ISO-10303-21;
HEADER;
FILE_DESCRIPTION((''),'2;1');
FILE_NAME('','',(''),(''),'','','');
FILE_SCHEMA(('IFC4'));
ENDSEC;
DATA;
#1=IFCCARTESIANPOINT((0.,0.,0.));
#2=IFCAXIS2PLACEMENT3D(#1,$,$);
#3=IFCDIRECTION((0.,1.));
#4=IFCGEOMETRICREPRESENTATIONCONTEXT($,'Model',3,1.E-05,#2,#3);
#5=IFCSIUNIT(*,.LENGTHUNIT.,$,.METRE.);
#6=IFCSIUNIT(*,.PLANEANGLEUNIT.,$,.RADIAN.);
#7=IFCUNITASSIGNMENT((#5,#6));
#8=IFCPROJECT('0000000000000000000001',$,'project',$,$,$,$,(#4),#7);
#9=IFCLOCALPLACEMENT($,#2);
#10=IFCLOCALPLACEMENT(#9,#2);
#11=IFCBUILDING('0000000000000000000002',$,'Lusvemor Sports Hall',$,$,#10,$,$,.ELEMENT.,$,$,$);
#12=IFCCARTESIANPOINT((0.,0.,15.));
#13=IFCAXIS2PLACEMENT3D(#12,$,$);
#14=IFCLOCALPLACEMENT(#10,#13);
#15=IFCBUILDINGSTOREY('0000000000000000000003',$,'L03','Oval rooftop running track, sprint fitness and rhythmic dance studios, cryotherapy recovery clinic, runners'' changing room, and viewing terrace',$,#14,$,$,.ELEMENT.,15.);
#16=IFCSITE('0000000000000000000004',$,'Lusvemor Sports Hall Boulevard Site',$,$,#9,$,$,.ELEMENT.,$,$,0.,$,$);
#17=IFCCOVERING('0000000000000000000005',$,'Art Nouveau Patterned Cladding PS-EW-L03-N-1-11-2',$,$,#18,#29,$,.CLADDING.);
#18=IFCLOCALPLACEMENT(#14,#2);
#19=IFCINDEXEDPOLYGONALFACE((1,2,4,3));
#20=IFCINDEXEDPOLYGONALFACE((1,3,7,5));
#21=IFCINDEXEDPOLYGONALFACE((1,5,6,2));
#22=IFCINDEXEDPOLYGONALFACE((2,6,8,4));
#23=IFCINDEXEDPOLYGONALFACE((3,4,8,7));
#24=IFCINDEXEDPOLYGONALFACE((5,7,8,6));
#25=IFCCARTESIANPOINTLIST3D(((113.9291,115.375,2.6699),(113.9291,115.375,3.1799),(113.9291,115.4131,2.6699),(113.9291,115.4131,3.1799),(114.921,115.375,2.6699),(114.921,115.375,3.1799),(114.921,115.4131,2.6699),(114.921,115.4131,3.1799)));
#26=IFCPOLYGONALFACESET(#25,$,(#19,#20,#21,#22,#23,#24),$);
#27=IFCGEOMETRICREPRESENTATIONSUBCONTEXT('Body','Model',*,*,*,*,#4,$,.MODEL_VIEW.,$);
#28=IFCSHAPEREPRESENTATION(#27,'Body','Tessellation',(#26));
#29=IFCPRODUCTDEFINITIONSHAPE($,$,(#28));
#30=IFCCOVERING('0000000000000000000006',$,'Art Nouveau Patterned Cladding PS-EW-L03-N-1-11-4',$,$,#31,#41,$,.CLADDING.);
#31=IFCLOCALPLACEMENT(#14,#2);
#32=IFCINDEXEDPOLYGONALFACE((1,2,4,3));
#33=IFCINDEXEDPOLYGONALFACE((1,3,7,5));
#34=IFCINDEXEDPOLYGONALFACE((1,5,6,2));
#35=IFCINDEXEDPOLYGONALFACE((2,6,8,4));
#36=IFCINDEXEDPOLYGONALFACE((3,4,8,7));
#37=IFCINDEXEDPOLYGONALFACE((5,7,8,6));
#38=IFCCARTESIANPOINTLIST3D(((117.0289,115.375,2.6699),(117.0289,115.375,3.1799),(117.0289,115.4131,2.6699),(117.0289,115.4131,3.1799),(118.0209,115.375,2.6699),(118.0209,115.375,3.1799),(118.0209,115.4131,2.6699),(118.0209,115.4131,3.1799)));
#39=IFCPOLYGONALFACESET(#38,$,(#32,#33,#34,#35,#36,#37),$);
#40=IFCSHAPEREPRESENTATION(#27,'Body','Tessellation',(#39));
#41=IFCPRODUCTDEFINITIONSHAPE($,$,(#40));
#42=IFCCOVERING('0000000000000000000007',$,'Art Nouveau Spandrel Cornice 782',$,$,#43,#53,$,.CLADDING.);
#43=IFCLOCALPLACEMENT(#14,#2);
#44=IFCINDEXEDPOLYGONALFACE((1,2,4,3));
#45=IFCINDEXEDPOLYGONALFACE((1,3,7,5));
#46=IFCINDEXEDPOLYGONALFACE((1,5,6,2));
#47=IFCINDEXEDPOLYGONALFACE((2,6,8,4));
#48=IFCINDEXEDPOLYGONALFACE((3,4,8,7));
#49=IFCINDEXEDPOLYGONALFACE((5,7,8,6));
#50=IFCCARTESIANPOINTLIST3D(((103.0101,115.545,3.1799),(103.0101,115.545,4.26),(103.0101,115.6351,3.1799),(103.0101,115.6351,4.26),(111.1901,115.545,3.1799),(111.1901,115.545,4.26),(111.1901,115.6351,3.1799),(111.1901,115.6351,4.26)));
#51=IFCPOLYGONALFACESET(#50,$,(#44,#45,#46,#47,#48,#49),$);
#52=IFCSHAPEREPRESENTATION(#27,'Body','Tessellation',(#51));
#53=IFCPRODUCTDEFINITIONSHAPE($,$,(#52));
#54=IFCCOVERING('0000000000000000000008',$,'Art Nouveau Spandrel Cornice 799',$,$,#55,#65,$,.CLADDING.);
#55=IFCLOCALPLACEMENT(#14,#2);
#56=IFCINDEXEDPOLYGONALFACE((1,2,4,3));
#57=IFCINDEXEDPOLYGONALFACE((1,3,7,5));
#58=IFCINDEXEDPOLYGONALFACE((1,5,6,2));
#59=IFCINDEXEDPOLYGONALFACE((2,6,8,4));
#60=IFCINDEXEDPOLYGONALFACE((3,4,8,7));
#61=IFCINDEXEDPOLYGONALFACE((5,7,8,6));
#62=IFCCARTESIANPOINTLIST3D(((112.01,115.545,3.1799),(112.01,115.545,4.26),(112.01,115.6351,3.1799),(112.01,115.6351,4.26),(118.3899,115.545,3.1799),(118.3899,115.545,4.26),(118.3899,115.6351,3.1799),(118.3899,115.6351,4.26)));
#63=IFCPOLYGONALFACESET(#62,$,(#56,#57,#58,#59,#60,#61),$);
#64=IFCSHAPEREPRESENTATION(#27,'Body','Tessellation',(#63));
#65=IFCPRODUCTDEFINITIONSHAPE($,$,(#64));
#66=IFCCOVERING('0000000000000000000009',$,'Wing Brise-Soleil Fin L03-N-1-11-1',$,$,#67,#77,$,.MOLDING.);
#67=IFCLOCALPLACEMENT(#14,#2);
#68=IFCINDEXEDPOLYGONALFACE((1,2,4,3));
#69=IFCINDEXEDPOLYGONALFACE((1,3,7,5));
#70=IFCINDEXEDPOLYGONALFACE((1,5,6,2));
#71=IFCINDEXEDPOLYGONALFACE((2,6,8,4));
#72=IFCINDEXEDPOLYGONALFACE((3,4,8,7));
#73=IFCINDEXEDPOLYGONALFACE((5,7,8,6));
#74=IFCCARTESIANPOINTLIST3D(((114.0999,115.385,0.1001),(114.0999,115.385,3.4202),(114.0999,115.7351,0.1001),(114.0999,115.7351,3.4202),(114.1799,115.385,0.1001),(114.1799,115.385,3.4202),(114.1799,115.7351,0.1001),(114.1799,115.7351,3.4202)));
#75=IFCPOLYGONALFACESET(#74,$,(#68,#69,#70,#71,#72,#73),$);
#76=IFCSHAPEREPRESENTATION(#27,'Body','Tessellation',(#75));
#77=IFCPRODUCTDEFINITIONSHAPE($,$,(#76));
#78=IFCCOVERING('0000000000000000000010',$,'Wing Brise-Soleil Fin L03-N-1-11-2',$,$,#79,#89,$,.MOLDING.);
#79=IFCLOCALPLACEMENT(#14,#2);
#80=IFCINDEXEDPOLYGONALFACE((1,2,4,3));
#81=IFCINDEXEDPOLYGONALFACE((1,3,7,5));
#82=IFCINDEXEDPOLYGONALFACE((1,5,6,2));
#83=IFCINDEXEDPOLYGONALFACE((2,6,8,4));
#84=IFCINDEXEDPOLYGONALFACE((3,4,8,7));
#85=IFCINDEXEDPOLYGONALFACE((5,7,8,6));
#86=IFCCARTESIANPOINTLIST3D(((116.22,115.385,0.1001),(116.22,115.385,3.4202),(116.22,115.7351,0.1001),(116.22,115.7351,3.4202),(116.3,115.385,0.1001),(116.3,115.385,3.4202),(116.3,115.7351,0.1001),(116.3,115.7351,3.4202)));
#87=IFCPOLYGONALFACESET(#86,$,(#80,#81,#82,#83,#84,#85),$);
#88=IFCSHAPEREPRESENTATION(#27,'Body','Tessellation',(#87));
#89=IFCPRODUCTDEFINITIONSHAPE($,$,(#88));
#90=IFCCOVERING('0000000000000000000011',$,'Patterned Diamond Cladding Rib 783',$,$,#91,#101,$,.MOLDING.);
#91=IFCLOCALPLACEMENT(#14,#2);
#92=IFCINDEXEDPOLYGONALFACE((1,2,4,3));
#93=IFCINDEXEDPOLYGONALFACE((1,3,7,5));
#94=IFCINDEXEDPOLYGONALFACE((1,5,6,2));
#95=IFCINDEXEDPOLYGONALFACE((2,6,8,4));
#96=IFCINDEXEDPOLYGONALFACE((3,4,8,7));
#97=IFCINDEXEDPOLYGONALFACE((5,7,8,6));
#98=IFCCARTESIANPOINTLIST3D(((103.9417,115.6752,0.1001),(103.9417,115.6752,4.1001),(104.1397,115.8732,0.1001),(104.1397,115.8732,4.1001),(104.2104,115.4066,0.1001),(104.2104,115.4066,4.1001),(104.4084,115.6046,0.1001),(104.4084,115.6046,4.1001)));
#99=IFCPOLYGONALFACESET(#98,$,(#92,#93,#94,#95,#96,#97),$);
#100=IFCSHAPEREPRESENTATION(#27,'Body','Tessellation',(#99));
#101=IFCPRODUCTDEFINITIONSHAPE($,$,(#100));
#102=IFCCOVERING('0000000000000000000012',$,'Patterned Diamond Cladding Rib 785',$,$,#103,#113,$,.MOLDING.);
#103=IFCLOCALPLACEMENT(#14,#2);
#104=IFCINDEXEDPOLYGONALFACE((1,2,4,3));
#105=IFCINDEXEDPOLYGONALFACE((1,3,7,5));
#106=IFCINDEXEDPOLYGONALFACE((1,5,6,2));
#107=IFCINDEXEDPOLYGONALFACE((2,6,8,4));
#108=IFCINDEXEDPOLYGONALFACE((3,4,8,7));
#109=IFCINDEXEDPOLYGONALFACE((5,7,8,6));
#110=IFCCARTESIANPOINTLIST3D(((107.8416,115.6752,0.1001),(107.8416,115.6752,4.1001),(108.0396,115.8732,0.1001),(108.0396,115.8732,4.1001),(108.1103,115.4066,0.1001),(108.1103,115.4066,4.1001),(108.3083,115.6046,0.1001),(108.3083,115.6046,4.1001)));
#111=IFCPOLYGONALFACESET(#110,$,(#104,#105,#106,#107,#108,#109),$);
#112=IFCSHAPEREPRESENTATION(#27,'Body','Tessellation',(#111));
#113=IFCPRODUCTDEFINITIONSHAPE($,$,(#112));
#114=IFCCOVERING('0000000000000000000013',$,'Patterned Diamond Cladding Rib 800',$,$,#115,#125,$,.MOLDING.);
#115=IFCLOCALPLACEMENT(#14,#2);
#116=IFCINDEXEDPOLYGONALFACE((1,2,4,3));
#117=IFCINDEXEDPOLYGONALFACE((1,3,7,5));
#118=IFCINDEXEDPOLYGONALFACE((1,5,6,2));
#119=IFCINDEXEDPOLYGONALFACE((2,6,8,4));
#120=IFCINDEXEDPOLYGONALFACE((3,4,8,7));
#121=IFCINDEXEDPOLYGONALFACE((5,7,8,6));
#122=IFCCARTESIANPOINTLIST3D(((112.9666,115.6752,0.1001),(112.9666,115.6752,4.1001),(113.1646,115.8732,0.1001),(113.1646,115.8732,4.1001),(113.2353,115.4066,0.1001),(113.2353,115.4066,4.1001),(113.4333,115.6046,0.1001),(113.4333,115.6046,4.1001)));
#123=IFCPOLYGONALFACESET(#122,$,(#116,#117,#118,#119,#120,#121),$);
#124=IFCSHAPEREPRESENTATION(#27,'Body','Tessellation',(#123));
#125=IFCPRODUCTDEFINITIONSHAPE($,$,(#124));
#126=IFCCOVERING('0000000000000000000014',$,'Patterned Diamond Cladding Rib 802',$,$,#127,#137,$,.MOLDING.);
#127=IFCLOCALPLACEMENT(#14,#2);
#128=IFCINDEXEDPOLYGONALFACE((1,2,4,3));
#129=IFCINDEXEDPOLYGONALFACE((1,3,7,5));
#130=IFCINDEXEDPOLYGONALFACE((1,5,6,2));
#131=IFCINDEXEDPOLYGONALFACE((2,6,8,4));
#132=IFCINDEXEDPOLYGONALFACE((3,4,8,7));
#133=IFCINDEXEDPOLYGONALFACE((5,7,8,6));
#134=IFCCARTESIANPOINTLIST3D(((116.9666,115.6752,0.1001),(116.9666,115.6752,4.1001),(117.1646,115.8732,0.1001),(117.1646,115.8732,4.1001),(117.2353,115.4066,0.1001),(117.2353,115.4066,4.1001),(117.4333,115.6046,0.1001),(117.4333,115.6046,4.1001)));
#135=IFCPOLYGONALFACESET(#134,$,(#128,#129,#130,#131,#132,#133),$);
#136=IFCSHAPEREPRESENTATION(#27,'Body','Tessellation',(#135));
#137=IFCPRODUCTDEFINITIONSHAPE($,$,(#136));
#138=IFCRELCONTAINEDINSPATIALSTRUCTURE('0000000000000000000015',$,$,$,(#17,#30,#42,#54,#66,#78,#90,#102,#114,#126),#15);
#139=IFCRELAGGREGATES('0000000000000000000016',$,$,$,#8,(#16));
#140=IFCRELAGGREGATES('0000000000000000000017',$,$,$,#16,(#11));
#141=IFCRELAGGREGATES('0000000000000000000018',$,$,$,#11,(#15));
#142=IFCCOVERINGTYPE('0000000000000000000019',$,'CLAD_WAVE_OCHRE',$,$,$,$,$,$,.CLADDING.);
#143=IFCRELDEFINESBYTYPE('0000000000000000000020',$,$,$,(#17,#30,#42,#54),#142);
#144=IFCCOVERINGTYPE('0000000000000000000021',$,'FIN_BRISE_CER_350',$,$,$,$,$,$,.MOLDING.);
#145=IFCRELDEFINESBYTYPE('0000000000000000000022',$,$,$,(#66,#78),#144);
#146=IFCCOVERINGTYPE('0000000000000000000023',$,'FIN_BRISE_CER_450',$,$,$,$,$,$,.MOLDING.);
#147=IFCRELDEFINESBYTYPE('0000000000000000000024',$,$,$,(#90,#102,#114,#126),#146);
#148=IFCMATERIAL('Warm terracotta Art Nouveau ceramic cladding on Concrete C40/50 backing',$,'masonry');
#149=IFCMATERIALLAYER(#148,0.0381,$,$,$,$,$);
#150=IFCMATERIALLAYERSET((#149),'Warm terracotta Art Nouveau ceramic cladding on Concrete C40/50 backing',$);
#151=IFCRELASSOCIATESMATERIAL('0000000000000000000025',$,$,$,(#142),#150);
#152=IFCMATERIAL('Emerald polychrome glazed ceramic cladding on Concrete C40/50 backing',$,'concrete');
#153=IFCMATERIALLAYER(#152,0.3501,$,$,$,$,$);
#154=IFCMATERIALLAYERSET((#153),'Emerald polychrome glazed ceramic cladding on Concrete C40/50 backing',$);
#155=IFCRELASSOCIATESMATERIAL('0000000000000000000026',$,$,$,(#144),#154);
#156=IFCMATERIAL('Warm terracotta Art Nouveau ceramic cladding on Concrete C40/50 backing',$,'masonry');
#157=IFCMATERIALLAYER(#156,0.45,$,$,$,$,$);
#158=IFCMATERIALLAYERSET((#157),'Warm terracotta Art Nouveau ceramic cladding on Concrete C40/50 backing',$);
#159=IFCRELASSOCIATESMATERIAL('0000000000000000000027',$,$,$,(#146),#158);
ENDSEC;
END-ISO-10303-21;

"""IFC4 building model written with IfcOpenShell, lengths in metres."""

from ifc_helpers import new_model, si_unit, direction, frame, origin, origin_2d, place, context, subcontext, project, spatial, rectangle, extrude, material, layer, layer_set, type_object, element, save


model = new_model("IFC4")

# Units and contexts
model_context = context("Model", 3, precision=1e-05, world=origin(), true_north=direction((0.0, 1.0)))
body_context = subcontext(model_context, "Body", "Model", "MODEL_VIEW")
ifc_project = project(units=[si_unit("LENGTHUNIT", "METRE"), si_unit("PLANEANGLEUNIT", "RADIAN")], contexts=[model_context])

# Site, building, storey
site_placement = place(None, origin())
site = spatial("IfcSite", under=ifc_project, at=site_placement, Name="Lusvemor Sports Hall Boulevard Site", CompositionType="ELEMENT", RefElevation=0.0)
building_placement = place(site_placement, origin())
building = spatial("IfcBuilding", under=site, at=building_placement, Name="Lusvemor Sports Hall", CompositionType="ELEMENT")
storey_placement = place(building_placement, frame((0.0, 0.0, 15.0)))
storey = spatial("IfcBuildingStorey", under=building, at=storey_placement, Name="L03", Description="Oval rooftop running track, sprint fitness and rhythmic dance studios, cryotherapy recovery clinic, runners' changing room, and viewing terrace", CompositionType="ELEMENT", Elevation=15.0)

# Coverings
ifc_material_1 = material(Name="Warm terracotta Art Nouveau ceramic cladding on Concrete C40/50 backing", Category="masonry")
ifc_layer_1 = layer(ifc_material_1, 0.0381)
ifc_layer_set_1 = layer_set([ifc_layer_1], Name="Warm terracotta Art Nouveau ceramic cladding on Concrete C40/50 backing")
covering_type_1 = type_object("IfcCoveringType", Name="CLAD_WAVE_OCHRE", PredefinedType="CLADDING", material=ifc_layer_set_1)
for number, where, z_axis, x_axis, name in (
    (1, (114.425, 115.394, 2.6699), (0.0, 0.0, 1.0), (1.0, 0.0, 0.0), "Art Nouveau Patterned Cladding PS-EW-L03-N-1-11-2"),
    (2, (117.5249, 115.394, 2.6699), (0.0, 0.0, 1.0), (1.0, 0.0, 0.0), "Art Nouveau Patterned Cladding PS-EW-L03-N-1-11-4"),
):
    element("IfcCovering", number, at=place(storey_placement, frame(where, z_axis=z_axis, x_axis=x_axis)), inside=storey, type_object=covering_type_1, Name=name, PredefinedType="CLADDING", context=body_context, shape_type="SweptSolid", body=[
        extrude(rectangle(XDim=0.9919, YDim=0.0381, at=origin_2d()), origin(), (0.0, 0.0, 1.0), 0.51),
    ])
covering_1_placement = place(storey_placement, frame((107.1001, 115.5901, 3.1799), z_axis=(0.0, 0.0, 1.0), x_axis=(1.0, 0.0, 0.0)))
element("IfcCovering", 3, at=covering_1_placement, inside=storey, type_object=covering_type_1, Name="Art Nouveau Spandrel Cornice 782", PredefinedType="CLADDING", context=body_context, shape_type="SweptSolid", body=[
    extrude(rectangle(XDim=8.1799, YDim=0.0901, at=origin_2d()), origin(), (0.0, 0.0, 1.0), 1.0801),
])
covering_2_placement = place(storey_placement, frame((115.2, 115.5901, 3.1799), z_axis=(0.0, 0.0, 1.0), x_axis=(1.0, 0.0, 0.0)))
element("IfcCovering", 4, at=covering_2_placement, inside=storey, type_object=covering_type_1, Name="Art Nouveau Spandrel Cornice 799", PredefinedType="CLADDING", context=body_context, shape_type="SweptSolid", body=[
    extrude(rectangle(XDim=6.3799, YDim=0.0901, at=origin_2d()), origin(), (0.0, 0.0, 1.0), 1.0801),
])
ifc_material_2 = material(Name="Emerald polychrome glazed ceramic cladding on Concrete C40/50 backing", Category="concrete")
ifc_layer_2 = layer(ifc_material_2, 0.3501)
ifc_layer_set_2 = layer_set([ifc_layer_2], Name="Emerald polychrome glazed ceramic cladding on Concrete C40/50 backing")
covering_type_2 = type_object("IfcCoveringType", Name="FIN_BRISE_CER_350", PredefinedType="MOLDING", material=ifc_layer_set_2)
for number, where, z_axis, x_axis, name in (
    (5, (114.1399, 115.5601, 0.1001), (0.0, 0.0, 1.0), (1.0, 0.0, 0.0), "Wing Brise-Soleil Fin L03-N-1-11-1"),
    (6, (116.26, 115.5601, 0.1001), (0.0, 0.0, 1.0), (1.0, 0.0, 0.0), "Wing Brise-Soleil Fin L03-N-1-11-2"),
):
    element("IfcCovering", number, at=place(storey_placement, frame(where, z_axis=z_axis, x_axis=x_axis)), inside=storey, type_object=covering_type_2, Name=name, PredefinedType="MOLDING", context=body_context, shape_type="SweptSolid", body=[
        extrude(rectangle(XDim=0.0801, YDim=0.3501, at=origin_2d()), origin(), (0.0, 0.0, 1.0), 3.3201),
    ])
ifc_material_3 = material(Name="Warm terracotta Art Nouveau ceramic cladding on Concrete C40/50 backing", Category="masonry")
ifc_layer_3 = layer(ifc_material_3, 0.45)
ifc_layer_set_3 = layer_set([ifc_layer_3], Name="Warm terracotta Art Nouveau ceramic cladding on Concrete C40/50 backing")
covering_type_3 = type_object("IfcCoveringType", Name="FIN_BRISE_CER_450", PredefinedType="MOLDING", material=ifc_layer_set_3)
for number, where, z_axis, x_axis, name in (
    (7, (104.175, 115.6399, 0.1001), (0.0, 0.0, 1.0), (0.707107, 0.707107, 0.0), "Patterned Diamond Cladding Rib 783"),
    (8, (108.075, 115.6399, 0.1001), (0.0, 0.0, 1.0), (0.707107, 0.707107, 0.0), "Patterned Diamond Cladding Rib 785"),
    (9, (113.2, 115.6399, 0.1001), (0.0, 0.0, 1.0), (0.707107, 0.707107, 0.0), "Patterned Diamond Cladding Rib 800"),
    (10, (117.2, 115.6399, 0.1001), (0.0, 0.0, 1.0), (0.707107, 0.707107, 0.0), "Patterned Diamond Cladding Rib 802"),
):
    element("IfcCovering", number, at=place(storey_placement, frame(where, z_axis=z_axis, x_axis=x_axis)), inside=storey, type_object=covering_type_3, Name=name, PredefinedType="MOLDING", context=body_context, shape_type="SweptSolid", body=[
        extrude(rectangle(XDim=0.28, YDim=0.3799, at=origin_2d()), origin(), (0.0, 0.0, 1.0), 4.0),
    ])

save(model, "model.ifc")
